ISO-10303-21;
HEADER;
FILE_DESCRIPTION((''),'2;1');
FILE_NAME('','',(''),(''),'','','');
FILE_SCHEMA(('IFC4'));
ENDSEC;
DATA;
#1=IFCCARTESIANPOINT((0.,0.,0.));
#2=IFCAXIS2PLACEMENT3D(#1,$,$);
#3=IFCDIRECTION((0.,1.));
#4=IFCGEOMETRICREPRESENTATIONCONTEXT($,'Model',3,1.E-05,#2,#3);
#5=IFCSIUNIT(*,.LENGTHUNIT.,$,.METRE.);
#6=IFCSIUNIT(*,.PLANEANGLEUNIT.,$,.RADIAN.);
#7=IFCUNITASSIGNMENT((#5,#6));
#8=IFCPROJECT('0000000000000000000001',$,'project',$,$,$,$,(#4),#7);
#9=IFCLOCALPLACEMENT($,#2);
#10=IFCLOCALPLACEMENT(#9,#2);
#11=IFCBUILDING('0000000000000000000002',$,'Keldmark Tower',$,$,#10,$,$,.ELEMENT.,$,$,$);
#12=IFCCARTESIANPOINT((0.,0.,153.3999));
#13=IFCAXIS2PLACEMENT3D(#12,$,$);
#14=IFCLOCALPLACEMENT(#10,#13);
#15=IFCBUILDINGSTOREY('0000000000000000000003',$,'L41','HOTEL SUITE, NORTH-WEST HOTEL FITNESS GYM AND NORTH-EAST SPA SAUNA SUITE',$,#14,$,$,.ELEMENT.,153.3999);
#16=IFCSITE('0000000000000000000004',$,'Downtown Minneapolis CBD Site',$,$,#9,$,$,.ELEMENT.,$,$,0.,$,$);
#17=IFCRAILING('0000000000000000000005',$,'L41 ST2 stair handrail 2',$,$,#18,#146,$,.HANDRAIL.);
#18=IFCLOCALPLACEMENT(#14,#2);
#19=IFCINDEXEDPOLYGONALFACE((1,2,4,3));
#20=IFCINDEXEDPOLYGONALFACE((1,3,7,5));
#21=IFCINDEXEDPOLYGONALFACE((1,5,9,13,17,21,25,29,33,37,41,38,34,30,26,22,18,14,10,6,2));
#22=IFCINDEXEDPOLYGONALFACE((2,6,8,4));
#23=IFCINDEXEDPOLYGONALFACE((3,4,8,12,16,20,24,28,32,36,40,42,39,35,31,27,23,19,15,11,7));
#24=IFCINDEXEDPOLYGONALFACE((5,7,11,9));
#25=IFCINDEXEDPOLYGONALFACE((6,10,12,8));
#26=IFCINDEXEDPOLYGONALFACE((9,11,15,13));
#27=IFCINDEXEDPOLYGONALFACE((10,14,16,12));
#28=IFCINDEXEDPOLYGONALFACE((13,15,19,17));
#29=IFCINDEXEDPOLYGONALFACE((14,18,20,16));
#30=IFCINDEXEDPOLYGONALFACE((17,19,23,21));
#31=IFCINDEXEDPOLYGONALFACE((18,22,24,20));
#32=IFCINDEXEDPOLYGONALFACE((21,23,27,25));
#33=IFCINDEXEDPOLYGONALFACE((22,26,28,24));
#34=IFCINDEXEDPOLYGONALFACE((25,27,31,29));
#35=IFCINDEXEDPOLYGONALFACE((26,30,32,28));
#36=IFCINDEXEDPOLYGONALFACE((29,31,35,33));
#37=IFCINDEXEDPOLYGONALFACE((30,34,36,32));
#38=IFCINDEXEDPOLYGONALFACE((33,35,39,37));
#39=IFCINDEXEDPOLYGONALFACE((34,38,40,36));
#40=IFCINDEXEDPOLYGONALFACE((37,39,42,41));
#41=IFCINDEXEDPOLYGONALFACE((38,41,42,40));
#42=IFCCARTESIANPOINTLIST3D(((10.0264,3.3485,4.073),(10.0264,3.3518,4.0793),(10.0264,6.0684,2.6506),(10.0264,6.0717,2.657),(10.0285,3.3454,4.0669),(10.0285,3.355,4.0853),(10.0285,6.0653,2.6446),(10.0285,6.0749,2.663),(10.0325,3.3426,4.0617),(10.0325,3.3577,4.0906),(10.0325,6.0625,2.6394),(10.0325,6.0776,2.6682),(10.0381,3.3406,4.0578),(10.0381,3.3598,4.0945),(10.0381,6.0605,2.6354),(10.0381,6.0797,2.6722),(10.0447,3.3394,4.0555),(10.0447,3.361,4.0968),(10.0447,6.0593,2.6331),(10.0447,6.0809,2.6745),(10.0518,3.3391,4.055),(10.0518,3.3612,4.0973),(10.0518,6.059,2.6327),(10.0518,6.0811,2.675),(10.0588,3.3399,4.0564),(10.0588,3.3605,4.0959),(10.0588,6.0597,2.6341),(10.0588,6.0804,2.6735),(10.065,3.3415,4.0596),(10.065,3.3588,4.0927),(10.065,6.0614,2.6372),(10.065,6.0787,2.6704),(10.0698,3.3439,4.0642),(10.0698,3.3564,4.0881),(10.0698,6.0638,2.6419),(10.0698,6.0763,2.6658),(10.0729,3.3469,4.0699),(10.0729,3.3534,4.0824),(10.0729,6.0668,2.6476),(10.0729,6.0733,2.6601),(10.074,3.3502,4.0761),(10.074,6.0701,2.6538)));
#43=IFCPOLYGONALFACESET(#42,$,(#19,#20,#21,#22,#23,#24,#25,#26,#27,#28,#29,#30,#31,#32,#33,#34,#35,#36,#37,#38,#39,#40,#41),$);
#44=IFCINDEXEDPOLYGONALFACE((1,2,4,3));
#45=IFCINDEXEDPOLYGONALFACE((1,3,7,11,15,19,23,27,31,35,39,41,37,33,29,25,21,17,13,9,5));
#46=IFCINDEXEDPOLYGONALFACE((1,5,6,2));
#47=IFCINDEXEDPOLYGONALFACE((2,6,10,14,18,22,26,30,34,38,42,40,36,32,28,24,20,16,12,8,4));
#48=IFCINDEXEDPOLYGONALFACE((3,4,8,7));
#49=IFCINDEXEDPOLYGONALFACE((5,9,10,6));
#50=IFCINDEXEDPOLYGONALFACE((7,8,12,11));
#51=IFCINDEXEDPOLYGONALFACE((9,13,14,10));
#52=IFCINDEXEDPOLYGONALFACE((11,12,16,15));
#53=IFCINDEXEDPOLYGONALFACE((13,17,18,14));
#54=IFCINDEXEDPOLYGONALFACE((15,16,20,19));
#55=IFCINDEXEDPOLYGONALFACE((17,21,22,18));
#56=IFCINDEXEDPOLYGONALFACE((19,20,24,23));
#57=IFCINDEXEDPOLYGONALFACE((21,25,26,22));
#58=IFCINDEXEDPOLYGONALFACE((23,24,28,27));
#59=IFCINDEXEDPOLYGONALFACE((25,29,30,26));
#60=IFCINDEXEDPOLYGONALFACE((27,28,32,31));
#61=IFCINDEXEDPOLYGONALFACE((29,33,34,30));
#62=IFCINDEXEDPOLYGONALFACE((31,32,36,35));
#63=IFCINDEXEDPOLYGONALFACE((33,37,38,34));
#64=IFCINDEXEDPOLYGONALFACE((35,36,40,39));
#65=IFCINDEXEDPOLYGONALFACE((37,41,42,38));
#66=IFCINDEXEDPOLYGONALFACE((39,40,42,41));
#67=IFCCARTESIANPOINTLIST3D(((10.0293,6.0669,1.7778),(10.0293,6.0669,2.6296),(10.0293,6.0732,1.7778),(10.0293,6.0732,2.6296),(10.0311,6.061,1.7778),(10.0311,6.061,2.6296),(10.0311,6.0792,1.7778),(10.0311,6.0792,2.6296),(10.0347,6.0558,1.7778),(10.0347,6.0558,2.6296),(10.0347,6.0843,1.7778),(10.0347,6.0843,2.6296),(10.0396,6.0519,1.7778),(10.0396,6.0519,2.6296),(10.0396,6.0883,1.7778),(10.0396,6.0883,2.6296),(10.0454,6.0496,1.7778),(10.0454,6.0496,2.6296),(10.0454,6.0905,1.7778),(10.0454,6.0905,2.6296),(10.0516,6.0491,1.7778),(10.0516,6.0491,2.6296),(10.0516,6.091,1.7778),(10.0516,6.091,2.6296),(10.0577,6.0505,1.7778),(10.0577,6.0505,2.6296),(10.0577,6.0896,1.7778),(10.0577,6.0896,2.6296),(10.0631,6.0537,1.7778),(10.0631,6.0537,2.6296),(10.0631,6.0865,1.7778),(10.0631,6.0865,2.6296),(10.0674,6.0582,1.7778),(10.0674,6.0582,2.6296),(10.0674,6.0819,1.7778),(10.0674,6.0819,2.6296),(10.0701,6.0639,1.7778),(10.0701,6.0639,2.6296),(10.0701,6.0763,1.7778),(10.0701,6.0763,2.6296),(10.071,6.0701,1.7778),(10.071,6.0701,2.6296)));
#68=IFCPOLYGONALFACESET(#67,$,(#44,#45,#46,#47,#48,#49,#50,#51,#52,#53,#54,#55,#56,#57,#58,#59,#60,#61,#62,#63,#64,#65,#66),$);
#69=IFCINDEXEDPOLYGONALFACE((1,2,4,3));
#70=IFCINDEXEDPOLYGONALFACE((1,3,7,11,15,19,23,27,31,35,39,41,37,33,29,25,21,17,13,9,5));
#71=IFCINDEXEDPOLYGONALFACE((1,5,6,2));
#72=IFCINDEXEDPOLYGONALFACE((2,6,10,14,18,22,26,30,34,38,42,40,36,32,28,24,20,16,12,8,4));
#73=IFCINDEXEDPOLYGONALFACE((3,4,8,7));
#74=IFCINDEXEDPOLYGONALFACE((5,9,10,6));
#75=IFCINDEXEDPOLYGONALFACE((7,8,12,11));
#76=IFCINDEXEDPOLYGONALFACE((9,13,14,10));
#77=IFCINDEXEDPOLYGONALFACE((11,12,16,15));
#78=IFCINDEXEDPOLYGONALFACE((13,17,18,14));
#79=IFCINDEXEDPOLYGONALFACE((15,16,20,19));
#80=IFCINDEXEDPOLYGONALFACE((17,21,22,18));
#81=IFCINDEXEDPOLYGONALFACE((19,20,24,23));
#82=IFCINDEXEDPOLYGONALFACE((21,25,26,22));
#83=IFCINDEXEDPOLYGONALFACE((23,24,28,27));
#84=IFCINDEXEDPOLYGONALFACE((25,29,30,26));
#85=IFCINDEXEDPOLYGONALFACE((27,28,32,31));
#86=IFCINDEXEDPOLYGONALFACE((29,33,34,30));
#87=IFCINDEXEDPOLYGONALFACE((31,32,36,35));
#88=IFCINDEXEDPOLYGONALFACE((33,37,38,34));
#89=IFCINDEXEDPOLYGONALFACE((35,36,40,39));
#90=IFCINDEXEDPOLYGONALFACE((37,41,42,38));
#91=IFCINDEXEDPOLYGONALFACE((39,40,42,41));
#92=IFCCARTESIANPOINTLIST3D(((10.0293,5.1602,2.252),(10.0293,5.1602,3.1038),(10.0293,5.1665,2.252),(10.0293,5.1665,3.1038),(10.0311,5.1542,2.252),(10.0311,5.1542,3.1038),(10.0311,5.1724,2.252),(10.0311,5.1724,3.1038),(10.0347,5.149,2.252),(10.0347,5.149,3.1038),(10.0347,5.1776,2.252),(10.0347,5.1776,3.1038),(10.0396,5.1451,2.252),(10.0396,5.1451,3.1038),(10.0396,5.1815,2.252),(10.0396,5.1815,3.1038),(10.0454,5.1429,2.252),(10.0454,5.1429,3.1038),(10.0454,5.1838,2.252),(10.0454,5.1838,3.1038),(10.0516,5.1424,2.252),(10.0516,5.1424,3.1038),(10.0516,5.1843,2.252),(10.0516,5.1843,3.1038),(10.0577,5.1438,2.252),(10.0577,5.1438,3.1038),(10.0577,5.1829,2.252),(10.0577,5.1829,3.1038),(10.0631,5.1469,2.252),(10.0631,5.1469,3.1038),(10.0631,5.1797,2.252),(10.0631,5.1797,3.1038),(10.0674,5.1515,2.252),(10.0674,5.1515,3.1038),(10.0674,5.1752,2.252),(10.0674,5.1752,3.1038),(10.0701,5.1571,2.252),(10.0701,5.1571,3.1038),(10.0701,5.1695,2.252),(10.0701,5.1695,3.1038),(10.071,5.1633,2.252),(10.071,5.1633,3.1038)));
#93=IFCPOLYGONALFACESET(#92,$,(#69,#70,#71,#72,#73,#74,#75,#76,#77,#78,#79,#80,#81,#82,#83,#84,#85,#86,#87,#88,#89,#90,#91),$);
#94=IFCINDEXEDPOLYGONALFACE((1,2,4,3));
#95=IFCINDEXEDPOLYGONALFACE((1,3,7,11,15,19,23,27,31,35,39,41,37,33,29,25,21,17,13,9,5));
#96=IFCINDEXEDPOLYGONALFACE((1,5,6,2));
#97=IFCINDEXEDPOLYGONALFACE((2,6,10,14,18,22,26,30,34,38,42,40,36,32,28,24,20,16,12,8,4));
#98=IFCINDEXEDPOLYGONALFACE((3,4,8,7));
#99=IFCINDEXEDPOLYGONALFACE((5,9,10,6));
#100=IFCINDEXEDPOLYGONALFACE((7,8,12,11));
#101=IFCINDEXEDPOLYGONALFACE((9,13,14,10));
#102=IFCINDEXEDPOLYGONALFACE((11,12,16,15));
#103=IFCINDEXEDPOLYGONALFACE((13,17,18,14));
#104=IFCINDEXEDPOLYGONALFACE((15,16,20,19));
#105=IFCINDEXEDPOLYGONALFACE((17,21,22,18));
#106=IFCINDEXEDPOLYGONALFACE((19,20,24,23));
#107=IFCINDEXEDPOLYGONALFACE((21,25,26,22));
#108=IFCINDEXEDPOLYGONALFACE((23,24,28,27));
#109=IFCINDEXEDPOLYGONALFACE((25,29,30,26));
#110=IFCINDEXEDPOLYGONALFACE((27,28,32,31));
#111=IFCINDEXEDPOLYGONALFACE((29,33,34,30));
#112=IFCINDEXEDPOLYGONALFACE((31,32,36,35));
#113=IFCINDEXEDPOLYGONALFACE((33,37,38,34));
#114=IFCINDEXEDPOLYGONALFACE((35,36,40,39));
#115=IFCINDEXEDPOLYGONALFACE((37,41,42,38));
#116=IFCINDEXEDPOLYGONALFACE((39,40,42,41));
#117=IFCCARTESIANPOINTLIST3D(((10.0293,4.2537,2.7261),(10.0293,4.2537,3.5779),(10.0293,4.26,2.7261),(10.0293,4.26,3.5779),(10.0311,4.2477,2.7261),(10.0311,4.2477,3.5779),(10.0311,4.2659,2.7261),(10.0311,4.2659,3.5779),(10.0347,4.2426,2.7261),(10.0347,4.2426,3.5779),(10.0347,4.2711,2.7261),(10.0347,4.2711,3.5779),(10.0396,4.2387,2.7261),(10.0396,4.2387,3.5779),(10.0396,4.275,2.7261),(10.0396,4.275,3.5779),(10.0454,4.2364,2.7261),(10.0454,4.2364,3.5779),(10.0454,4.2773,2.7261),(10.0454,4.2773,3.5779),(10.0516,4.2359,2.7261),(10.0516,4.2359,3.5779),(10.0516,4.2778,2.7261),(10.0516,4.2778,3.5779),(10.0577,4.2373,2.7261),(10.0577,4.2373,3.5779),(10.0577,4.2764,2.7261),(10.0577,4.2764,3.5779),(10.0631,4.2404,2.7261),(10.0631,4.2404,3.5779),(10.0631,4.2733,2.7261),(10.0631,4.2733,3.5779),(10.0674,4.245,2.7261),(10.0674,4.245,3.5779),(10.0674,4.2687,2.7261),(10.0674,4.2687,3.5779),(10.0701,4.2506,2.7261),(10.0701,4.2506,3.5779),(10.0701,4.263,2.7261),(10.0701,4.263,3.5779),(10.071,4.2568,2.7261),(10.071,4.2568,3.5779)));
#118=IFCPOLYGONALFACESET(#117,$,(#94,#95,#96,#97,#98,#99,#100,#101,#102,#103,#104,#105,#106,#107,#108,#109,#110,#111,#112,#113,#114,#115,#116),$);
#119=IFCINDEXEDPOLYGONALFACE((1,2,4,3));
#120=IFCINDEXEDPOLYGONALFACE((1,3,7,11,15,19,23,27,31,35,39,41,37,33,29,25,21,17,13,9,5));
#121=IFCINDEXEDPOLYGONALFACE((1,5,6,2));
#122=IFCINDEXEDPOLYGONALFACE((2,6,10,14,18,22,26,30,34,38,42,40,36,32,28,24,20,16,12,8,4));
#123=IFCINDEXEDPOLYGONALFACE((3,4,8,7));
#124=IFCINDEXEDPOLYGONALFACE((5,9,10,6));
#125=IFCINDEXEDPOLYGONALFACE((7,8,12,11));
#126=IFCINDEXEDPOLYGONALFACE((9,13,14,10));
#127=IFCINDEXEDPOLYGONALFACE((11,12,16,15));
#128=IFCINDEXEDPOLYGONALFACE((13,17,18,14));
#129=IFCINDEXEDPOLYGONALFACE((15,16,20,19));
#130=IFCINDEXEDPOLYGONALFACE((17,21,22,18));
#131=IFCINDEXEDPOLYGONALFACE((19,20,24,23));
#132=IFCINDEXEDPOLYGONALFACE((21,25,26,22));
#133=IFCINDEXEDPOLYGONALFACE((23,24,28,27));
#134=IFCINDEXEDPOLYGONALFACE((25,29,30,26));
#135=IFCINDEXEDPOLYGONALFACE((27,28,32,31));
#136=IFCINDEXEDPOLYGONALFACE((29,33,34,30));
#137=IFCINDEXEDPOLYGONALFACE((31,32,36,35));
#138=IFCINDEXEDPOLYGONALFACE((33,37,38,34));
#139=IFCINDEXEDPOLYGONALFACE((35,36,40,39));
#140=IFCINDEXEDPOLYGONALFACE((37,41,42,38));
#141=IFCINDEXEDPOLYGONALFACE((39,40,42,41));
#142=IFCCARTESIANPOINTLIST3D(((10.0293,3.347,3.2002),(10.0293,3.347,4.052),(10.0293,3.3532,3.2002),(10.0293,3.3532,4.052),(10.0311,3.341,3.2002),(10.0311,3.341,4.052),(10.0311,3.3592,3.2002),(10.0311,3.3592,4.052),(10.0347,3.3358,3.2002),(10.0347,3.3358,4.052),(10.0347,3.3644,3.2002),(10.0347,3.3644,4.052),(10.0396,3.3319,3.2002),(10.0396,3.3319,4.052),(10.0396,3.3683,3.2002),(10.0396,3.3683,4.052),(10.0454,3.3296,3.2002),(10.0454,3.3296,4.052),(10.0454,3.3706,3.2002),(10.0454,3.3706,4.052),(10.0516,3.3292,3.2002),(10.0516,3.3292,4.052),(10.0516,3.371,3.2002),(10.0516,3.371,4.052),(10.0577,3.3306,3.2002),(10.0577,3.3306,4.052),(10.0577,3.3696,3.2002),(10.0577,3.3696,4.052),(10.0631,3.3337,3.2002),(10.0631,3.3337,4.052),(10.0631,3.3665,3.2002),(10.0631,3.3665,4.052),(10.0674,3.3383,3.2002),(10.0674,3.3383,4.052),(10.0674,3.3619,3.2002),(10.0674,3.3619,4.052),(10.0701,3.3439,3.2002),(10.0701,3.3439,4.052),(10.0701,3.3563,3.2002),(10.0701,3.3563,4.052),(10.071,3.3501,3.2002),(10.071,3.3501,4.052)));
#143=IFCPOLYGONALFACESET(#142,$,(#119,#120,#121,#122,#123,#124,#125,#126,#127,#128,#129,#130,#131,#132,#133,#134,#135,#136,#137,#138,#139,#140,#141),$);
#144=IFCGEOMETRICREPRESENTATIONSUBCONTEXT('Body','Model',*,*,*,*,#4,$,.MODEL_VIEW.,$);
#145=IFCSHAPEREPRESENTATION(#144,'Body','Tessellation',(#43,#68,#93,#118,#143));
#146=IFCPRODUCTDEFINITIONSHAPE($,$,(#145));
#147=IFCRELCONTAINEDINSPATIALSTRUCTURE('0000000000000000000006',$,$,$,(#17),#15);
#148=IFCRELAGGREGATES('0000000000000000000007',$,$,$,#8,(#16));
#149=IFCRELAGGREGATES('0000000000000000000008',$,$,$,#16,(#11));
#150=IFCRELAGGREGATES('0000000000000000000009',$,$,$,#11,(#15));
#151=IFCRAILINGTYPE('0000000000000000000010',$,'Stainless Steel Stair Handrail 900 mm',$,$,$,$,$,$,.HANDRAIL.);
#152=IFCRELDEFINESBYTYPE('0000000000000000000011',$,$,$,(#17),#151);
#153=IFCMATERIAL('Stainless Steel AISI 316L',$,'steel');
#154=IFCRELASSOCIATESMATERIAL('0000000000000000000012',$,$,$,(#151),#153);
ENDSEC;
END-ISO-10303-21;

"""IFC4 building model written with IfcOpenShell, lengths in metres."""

from ifc_helpers import new_model, si_unit, direction, frame, origin, origin_2d, place, context, subcontext, project, spatial, circle, extrude, material, type_object, element, save


model = new_model("IFC4")

# Units and contexts
model_context = context("Model", 3, precision=1e-05, world=origin(), true_north=direction((0.0, 1.0)))
body_context = subcontext(model_context, "Body", "Model", "MODEL_VIEW")
ifc_project = project(units=[si_unit("LENGTHUNIT", "METRE"), si_unit("PLANEANGLEUNIT", "RADIAN")], contexts=[model_context])

# Site, building, storey
site_placement = place(None, origin())
site = spatial("IfcSite", under=ifc_project, at=site_placement, Name="Downtown Minneapolis CBD Site", CompositionType="ELEMENT", RefElevation=0.0)
building_placement = place(site_placement, origin())
building = spatial("IfcBuilding", under=site, at=building_placement, Name="Keldmark Tower", CompositionType="ELEMENT")
storey_placement = place(building_placement, frame((0.0, 0.0, 153.3999)))
storey = spatial("IfcBuildingStorey", under=building, at=storey_placement, Name="L41", Description="HOTEL SUITE, NORTH-WEST HOTEL FITNESS GYM AND NORTH-EAST SPA SAUNA SUITE", CompositionType="ELEMENT", Elevation=153.3999)

# Railing
ifc_material_1 = material(Name="Stainless Steel AISI 316L", Category="steel")
railing_type_1 = type_object("IfcRailingType", Name="Stainless Steel Stair Handrail 900 mm", PredefinedType="HANDRAIL", material=ifc_material_1)
railing_1_placement = place(storey_placement, frame((10.05, 6.0701, 1.7778)))
element("IfcRailing", 1, at=railing_1_placement, inside=storey, type_object=railing_type_1, Name="L41 ST2 stair handrail 2", PredefinedType="HANDRAIL", context=body_context, shape_type="SweptSolid", body=[
    extrude(circle(Radius=0.0239, at=origin_2d()), frame((0.0, 0.0, 0.876), z_axis=(0.0, -0.88615, 0.463398), x_axis=(1.0, 0.0, 0.0)), (0.0, 0.0, 1.0), 3.0693),
    extrude(circle(Radius=0.021, at=origin_2d()), origin(), (0.0, 0.0, 1.0), 0.8518),
    extrude(circle(Radius=0.021, at=origin_2d()), frame((0.0, -0.9067, 0.4741)), (0.0, 0.0, 1.0), 0.8518),
    extrude(circle(Radius=0.021, at=origin_2d()), frame((0.0, -1.8132, 0.9482)), (0.0, 0.0, 1.0), 0.8518),
    extrude(circle(Radius=0.021, at=origin_2d()), frame((0.0, -2.72, 1.4224)), (0.0, 0.0, 1.0), 0.8518),
])

save(model, "model.ifc")
